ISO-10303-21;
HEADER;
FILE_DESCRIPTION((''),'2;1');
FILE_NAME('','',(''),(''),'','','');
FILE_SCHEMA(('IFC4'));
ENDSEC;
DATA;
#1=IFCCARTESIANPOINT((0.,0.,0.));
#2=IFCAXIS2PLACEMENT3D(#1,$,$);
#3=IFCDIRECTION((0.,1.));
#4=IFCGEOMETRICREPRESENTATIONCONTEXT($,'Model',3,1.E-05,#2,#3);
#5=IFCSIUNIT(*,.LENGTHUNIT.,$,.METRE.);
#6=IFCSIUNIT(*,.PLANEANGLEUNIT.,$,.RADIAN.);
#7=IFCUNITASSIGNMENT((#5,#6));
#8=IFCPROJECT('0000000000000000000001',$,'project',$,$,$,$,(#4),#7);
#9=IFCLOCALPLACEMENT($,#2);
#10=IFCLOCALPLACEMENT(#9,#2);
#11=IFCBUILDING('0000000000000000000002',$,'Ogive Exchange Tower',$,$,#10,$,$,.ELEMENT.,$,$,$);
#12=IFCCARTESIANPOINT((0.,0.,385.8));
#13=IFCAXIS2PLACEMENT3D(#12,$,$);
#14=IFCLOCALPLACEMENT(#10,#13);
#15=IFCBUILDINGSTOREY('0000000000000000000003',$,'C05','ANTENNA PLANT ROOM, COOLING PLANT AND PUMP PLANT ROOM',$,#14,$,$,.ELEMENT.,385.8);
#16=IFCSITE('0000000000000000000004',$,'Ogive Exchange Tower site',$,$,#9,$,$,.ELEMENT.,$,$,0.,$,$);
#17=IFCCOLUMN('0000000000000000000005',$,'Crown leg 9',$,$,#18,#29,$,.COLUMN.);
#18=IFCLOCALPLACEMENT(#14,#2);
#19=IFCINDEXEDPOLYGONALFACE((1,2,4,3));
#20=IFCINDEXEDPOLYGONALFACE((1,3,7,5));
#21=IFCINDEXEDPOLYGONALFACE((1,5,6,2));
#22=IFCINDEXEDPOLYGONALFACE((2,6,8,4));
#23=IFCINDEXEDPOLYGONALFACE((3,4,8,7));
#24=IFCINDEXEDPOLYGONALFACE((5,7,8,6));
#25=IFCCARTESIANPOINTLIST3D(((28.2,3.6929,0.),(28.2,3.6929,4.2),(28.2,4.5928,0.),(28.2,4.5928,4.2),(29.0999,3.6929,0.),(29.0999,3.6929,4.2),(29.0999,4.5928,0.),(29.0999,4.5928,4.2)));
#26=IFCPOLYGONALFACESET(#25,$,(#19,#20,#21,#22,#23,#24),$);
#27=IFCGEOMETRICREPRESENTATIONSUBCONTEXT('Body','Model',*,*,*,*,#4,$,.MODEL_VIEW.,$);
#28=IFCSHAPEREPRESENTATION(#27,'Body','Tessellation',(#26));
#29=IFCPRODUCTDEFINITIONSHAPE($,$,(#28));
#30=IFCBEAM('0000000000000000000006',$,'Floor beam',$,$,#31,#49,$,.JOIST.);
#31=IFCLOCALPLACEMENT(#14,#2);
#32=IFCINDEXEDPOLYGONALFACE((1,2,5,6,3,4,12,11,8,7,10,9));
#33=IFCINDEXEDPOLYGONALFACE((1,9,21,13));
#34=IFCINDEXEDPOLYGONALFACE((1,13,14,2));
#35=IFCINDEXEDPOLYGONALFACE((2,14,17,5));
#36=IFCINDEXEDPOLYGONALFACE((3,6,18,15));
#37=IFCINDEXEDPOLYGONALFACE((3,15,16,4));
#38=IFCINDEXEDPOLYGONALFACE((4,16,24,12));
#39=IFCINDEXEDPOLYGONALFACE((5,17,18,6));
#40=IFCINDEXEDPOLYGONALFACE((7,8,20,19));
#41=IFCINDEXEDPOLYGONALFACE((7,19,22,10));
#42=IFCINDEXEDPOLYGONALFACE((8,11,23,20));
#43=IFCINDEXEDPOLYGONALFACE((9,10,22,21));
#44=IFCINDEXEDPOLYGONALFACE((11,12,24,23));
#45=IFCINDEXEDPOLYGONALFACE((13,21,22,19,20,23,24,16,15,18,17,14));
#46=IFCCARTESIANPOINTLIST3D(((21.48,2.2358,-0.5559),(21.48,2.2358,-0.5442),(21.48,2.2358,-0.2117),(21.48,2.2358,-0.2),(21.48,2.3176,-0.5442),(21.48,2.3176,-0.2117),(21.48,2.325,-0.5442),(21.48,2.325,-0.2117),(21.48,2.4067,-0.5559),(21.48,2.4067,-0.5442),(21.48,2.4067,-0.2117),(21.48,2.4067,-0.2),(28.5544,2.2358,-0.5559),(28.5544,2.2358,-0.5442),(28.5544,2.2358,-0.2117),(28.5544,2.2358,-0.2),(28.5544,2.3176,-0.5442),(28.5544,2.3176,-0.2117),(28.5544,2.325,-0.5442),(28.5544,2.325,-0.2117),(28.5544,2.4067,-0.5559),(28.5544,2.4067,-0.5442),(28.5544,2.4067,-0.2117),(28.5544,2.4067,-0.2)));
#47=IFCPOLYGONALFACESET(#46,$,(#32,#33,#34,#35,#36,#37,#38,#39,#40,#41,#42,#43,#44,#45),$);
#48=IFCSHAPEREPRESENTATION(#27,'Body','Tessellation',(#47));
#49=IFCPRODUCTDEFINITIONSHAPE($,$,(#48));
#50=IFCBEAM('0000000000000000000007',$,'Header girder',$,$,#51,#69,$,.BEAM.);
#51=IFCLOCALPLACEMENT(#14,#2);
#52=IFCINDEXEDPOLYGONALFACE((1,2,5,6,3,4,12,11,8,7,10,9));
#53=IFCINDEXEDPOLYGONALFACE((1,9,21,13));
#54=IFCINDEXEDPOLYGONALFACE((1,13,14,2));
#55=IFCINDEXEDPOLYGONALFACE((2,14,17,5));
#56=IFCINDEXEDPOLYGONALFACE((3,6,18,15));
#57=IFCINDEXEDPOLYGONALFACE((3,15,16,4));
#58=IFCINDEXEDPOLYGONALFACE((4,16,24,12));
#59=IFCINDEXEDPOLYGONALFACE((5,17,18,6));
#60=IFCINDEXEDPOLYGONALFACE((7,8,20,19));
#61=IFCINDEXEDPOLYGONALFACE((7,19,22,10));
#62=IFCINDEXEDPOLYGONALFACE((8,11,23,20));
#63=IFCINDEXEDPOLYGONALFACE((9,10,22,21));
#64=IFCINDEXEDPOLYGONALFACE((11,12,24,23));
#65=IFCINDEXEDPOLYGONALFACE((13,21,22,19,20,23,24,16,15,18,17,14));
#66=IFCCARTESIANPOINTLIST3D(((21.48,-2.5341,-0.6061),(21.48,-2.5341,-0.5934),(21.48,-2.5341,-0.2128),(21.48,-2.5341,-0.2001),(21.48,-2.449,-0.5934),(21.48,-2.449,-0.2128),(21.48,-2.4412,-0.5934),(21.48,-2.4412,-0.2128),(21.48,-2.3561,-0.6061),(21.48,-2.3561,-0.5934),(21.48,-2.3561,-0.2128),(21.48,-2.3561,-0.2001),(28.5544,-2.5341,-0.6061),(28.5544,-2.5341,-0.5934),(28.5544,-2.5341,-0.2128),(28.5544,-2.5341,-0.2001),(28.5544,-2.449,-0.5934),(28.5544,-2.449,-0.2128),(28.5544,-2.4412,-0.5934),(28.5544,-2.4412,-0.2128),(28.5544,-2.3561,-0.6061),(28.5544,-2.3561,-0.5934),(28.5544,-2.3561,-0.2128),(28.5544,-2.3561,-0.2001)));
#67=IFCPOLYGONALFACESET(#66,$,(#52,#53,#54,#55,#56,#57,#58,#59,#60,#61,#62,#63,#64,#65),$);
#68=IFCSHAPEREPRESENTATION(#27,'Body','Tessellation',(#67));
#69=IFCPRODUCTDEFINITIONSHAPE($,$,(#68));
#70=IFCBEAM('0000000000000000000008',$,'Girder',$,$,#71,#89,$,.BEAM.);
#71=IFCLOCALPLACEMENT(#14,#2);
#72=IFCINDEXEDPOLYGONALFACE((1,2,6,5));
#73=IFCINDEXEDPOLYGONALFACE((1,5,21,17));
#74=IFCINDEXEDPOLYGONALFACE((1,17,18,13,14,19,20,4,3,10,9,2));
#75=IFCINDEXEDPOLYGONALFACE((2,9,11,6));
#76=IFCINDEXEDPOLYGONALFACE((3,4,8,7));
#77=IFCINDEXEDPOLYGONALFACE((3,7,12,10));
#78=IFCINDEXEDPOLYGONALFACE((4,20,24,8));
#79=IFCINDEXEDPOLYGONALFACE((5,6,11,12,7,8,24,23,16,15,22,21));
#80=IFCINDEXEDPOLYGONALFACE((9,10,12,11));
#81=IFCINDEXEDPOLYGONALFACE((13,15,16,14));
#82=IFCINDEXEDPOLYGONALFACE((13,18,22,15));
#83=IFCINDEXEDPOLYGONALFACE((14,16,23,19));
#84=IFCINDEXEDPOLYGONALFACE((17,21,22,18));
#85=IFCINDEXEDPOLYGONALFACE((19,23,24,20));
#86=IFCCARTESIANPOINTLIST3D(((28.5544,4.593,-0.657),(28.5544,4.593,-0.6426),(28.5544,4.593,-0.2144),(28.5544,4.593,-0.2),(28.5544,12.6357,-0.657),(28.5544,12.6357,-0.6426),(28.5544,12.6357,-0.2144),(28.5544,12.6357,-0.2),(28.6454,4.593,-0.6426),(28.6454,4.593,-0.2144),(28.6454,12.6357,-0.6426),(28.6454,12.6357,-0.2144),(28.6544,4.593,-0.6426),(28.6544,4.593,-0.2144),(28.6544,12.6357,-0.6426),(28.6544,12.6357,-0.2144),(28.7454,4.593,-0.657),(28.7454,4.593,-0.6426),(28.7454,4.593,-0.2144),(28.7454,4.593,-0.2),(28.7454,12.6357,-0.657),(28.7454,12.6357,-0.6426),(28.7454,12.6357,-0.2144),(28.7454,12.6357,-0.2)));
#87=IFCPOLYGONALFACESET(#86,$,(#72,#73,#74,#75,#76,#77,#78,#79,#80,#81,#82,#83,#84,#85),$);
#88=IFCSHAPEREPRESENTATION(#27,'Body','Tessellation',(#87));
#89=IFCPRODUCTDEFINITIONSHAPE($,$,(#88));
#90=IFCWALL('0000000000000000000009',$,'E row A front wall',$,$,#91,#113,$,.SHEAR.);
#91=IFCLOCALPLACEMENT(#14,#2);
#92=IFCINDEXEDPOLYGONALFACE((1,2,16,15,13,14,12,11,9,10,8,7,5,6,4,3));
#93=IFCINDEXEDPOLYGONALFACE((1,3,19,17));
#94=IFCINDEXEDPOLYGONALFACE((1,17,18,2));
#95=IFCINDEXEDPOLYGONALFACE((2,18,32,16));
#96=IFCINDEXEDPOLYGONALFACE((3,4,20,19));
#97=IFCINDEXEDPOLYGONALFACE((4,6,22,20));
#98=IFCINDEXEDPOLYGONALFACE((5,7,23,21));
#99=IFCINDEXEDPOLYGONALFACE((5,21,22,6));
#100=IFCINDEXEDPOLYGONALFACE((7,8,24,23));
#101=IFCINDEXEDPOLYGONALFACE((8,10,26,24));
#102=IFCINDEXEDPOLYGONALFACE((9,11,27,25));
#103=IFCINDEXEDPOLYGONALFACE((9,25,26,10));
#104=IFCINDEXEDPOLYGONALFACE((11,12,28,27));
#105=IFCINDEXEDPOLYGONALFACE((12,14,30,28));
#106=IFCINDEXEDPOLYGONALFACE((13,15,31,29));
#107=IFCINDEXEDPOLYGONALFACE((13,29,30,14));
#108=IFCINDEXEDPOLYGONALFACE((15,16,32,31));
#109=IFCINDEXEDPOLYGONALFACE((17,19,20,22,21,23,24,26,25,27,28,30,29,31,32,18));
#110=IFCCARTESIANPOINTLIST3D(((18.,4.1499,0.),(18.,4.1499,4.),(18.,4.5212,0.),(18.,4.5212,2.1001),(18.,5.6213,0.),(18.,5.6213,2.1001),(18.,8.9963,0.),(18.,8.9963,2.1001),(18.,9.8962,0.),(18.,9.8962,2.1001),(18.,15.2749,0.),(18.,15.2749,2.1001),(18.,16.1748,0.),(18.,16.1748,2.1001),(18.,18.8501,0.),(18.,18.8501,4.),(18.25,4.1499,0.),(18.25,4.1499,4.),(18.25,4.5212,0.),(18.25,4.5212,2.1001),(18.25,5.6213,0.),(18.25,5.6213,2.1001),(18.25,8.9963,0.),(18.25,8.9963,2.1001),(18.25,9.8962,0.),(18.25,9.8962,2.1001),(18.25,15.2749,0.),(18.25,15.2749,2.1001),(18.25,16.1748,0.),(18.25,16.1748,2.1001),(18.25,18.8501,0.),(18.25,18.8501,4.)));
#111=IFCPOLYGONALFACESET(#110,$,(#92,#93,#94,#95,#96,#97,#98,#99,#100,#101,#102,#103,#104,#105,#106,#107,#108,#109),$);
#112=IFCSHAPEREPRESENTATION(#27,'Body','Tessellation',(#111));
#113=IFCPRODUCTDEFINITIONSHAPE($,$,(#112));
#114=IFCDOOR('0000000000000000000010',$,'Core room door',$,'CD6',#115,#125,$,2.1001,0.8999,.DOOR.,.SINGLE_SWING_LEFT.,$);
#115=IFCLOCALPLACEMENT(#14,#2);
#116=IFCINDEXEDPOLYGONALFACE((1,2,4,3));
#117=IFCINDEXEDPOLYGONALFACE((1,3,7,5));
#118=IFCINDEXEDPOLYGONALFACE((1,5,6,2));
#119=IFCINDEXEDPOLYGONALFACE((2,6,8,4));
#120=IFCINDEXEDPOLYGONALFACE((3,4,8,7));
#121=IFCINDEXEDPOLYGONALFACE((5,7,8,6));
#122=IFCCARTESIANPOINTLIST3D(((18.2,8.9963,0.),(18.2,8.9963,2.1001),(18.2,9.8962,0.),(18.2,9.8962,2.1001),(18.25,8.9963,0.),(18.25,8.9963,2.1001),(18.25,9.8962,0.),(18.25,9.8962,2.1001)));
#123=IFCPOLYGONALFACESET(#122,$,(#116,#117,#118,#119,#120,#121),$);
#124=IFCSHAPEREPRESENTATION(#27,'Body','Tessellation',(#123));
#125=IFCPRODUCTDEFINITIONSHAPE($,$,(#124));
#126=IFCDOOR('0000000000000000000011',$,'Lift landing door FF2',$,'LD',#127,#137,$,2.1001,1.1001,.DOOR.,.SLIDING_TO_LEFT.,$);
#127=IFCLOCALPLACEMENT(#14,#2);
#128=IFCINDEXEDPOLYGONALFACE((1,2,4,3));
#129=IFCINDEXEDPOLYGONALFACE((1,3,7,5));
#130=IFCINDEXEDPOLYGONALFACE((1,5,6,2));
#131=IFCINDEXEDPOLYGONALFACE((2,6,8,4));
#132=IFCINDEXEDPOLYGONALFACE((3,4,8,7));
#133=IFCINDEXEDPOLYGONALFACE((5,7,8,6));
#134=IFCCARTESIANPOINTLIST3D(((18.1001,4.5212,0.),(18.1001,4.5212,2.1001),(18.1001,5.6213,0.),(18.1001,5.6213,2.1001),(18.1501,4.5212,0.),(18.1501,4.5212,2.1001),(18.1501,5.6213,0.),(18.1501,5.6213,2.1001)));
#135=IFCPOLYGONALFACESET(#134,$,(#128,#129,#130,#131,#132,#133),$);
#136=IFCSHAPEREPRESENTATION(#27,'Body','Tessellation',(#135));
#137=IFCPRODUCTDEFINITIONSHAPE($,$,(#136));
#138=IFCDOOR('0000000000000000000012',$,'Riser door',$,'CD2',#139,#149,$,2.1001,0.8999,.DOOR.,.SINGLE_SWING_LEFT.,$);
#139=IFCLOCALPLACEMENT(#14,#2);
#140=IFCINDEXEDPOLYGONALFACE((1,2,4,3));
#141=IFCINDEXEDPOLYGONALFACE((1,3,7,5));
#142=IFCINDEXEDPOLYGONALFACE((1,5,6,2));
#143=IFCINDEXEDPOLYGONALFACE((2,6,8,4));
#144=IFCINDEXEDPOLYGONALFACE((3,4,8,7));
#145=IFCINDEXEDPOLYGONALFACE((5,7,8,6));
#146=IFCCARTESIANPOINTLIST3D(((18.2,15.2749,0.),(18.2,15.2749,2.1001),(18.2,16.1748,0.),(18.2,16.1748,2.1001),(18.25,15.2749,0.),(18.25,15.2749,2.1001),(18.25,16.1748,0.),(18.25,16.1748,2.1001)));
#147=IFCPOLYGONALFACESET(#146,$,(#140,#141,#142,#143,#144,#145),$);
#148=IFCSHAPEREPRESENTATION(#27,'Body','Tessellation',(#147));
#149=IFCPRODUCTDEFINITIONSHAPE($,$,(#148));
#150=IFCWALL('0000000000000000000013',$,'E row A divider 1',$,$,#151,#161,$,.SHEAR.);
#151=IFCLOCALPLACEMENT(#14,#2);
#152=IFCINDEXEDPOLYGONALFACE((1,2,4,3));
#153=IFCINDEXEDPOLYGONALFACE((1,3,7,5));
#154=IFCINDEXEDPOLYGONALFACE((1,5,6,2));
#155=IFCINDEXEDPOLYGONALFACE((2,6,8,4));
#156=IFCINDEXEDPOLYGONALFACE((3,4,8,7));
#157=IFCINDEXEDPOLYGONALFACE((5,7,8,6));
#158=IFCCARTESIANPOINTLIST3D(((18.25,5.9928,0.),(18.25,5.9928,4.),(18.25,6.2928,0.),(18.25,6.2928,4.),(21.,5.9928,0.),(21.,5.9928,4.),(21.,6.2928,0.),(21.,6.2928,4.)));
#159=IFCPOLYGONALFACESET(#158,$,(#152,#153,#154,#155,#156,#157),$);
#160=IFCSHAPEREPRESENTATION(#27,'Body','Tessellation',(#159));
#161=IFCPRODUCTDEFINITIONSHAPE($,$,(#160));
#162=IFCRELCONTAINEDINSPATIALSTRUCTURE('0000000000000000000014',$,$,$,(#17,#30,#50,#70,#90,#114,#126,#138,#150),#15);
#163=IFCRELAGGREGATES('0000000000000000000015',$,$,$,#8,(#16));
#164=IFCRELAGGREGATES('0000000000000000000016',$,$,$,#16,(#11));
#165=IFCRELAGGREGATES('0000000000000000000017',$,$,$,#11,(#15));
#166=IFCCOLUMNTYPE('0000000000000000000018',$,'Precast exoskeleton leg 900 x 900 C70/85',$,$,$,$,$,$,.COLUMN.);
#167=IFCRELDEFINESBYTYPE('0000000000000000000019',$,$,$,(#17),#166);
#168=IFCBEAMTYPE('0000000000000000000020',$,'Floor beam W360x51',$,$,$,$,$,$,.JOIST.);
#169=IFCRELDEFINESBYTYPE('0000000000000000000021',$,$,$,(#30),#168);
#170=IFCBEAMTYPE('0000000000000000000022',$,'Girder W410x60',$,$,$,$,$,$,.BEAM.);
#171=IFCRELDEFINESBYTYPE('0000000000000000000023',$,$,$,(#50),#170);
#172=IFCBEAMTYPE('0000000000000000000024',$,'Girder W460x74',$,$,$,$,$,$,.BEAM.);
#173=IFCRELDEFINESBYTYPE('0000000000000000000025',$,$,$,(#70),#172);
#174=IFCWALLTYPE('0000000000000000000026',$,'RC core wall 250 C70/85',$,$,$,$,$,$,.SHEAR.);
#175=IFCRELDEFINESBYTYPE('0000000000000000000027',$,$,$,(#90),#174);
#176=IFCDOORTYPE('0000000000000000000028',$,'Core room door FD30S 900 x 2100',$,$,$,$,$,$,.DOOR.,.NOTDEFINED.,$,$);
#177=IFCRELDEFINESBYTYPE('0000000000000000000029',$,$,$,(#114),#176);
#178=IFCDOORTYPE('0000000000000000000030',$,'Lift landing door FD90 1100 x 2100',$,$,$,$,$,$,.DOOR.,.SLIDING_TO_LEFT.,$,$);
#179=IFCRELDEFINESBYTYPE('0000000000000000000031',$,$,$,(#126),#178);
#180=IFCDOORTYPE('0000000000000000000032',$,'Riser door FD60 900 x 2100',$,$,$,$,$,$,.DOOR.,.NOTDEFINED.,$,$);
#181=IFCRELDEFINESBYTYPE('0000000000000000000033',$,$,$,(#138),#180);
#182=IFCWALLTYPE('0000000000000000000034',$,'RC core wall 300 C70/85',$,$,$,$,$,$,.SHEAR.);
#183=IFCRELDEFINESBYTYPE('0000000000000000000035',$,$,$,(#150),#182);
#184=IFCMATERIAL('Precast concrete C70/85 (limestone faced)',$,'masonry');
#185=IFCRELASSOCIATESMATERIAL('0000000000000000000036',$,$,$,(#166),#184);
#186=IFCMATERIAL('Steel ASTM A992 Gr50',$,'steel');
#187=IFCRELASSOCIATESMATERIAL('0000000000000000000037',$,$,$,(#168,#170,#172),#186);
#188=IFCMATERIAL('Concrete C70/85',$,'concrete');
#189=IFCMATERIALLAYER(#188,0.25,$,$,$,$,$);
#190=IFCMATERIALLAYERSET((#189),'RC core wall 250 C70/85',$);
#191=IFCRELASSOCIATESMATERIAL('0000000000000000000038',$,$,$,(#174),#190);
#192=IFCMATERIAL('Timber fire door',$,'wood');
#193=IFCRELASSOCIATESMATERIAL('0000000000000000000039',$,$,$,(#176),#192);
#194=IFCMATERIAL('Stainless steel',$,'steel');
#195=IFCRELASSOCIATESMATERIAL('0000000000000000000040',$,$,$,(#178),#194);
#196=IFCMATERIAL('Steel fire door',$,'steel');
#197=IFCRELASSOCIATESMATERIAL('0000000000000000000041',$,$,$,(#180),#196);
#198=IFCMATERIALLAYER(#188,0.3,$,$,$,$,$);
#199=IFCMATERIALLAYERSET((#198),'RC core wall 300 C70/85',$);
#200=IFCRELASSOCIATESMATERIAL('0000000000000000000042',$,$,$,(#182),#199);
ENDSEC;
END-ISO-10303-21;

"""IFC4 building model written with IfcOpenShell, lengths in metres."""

from ifc_helpers import new_model, si_unit, direction, frame, frame_2d, origin, origin_2d, place, context, subcontext, project, spatial, rectangle, i_section, extrude, material, layer, layer_set, material_profile, profile_set, type_object, element, fill, save


model = new_model("IFC4")

# Units and contexts
model_context = context("Model", 3, precision=1e-05, world=origin(), true_north=direction((0.0, 1.0)))
body_context = subcontext(model_context, "Body", "Model", "MODEL_VIEW")
ifc_project = project(units=[si_unit("LENGTHUNIT", "METRE"), si_unit("PLANEANGLEUNIT", "RADIAN")], contexts=[model_context])

# Site, building, storey
site_placement = place(None, origin())
site = spatial("IfcSite", under=ifc_project, at=site_placement, Name="Ogive Exchange Tower site", CompositionType="ELEMENT", RefElevation=0.0)
building_placement = place(site_placement, origin())
building = spatial("IfcBuilding", under=site, at=building_placement, Name="Ogive Exchange Tower", CompositionType="ELEMENT")
storey_placement = place(building_placement, frame((0.0, 0.0, 385.8)))
storey = spatial("IfcBuildingStorey", under=building, at=storey_placement, Name="C05", Description="ANTENNA PLANT ROOM, COOLING PLANT AND PUMP PLANT ROOM", CompositionType="ELEMENT", Elevation=385.8)

# Column
ifc_material_1 = material(Name="Precast concrete C70/85 (limestone faced)", Category="masonry")
ifc_material_profile_1 = material_profile(ifc_material_1, rectangle(XDim=0.8999, YDim=0.8999, at=origin_2d()), Name="900 x 900")
ifc_profile_set_1 = profile_set([ifc_material_profile_1], Name="Precast concrete C70/85 (limestone faced)")
column_type = type_object("IfcColumnType", Name="Precast exoskeleton leg 900 x 900 C70/85", PredefinedType="COLUMN", material=ifc_profile_set_1)
column_placement = place(storey_placement, frame((28.6499, 4.1428, 0.0), z_axis=(0.0, 0.0, 1.0), x_axis=(1.0, 0.0, 0.0)))
element("IfcColumn", 1, at=column_placement, inside=storey, type_object=column_type, Name="Crown leg 9", PredefinedType="COLUMN", context=body_context, shape_type="SweptSolid", body=[
    extrude(rectangle(XDim=0.8999, YDim=0.8999, at=origin_2d()), origin(), (0.0, 0.0, 1.0), 4.2),
])

# Beams
ifc_material_2 = material(Name="Steel ASTM A992 Gr50", Category="steel")
ifc_material_profile_2 = material_profile(ifc_material_2, i_section(OverallWidth=0.1709, OverallDepth=0.356, WebThickness=0.0073, FlangeThickness=0.0117, at=origin_2d()), Name="W360x51")
ifc_profile_set_2 = profile_set([ifc_material_profile_2], Name="Steel ASTM A992 Gr50")
beam_type_1 = type_object("IfcBeamType", Name="Floor beam W360x51", PredefinedType="JOIST", material=ifc_profile_set_2)
beam_1_placement = place(storey_placement, frame((21.48, 2.3213, -0.3779), z_axis=(1.0, 0.0, 0.0), x_axis=(0.0, 1.0, 0.0)))
element("IfcBeam", 2, at=beam_1_placement, inside=storey, type_object=beam_type_1, Name="Floor beam", PredefinedType="JOIST", context=body_context, shape_type="SweptSolid", body=[
    extrude(i_section(OverallWidth=0.1709, OverallDepth=0.356, WebThickness=0.0073, FlangeThickness=0.0117, at=origin_2d()), origin(), (0.0, 0.0, 1.0), 7.0745),
])
ifc_material_profile_3 = material_profile(ifc_material_2, i_section(OverallWidth=0.178, OverallDepth=0.406, WebThickness=0.0078, FlangeThickness=0.0127, at=origin_2d()), Name="W410x60")
ifc_profile_set_3 = profile_set([ifc_material_profile_3], Name="Steel ASTM A992 Gr50")
beam_type_2 = type_object("IfcBeamType", Name="Girder W410x60", PredefinedType="BEAM", material=ifc_profile_set_3)
beam_2_placement = place(storey_placement, frame((21.48, -2.4451, -0.4031), z_axis=(1.0, 0.0, 0.0), x_axis=(0.0, 1.0, 0.0)))
element("IfcBeam", 3, at=beam_2_placement, inside=storey, type_object=beam_type_2, Name="Header girder", PredefinedType="BEAM", context=body_context, shape_type="SweptSolid", body=[
    extrude(i_section(OverallWidth=0.178, OverallDepth=0.406, WebThickness=0.0078, FlangeThickness=0.0127, at=origin_2d()), origin(), (0.0, 0.0, 1.0), 7.0745),
])
ifc_material_profile_4 = material_profile(ifc_material_2, i_section(OverallWidth=0.1909, OverallDepth=0.457, WebThickness=0.009, FlangeThickness=0.0144, at=origin_2d()), Name="W460x74")
ifc_profile_set_4 = profile_set([ifc_material_profile_4], Name="Steel ASTM A992 Gr50")
beam_type_3 = type_object("IfcBeamType", Name="Girder W460x74", PredefinedType="BEAM", material=ifc_profile_set_4)
beam_3_placement = place(storey_placement, frame((28.6499, 4.593, -0.4285), z_axis=(0.0, 1.0, 0.0), x_axis=(-1.0, 0.0, 0.0)))
element("IfcBeam", 4, at=beam_3_placement, inside=storey, type_object=beam_type_3, Name="Girder", PredefinedType="BEAM", context=body_context, shape_type="SweptSolid", body=[
    extrude(i_section(OverallWidth=0.1909, OverallDepth=0.457, WebThickness=0.009, FlangeThickness=0.0144, at=origin_2d()), origin(), (0.0, 0.0, 1.0), 8.0427),
])

# Wall, openings, doors
ifc_material_3 = material(Name="Concrete C70/85", Category="concrete")
ifc_layer_1 = layer(ifc_material_3, 0.25)
ifc_layer_set_1 = layer_set([ifc_layer_1], Name="RC core wall 250 C70/85")
wall_type_1 = type_object("IfcWallType", Name="RC core wall 250 C70/85", PredefinedType="SHEAR", material=ifc_layer_set_1)
wall_1_placement = place(storey_placement, frame((18.125, 4.1499, 0.0), z_axis=(0.0, 0.0, 1.0), x_axis=(0.0, 1.0, 0.0)))
wall_1 = element("IfcWall", 5, at=wall_1_placement, inside=storey, type_object=wall_type_1, Name="E row A front wall", PredefinedType="SHEAR", context=body_context, shape_type="SweptSolid", body=[
    extrude(rectangle(XDim=14.7002, YDim=0.25, at=frame_2d((7.3501, 0.0))), origin(), (0.0, 0.0, 1.0), 4.0),
])
opening_1_placement = place(wall_1_placement, frame((4.8464, 0.0, 0.0)))
opening_1 = element("IfcOpeningElement", 6, at=opening_1_placement, cuts=wall_1, PredefinedType="OPENING", context=body_context, shape_type="SweptSolid", body=[
    extrude(rectangle(XDim=0.8999, YDim=2.1001, at=frame_2d((0.45, 1.05))), frame((0.0, 0.135, 0.0), z_axis=(0.0, -1.0, 0.0), x_axis=(1.0, 0.0, 0.0)), (0.0, 0.0, 1.0), 0.27),
])
opening_2_placement = place(wall_1_placement, frame((11.125, 0.0, 0.0)))
opening_2 = element("IfcOpeningElement", 7, at=opening_2_placement, cuts=wall_1, PredefinedType="OPENING", context=body_context, shape_type="SweptSolid", body=[
    extrude(rectangle(XDim=0.8999, YDim=2.1001, at=frame_2d((0.45, 1.05))), frame((0.0, 0.135, 0.0), z_axis=(0.0, -1.0, 0.0), x_axis=(1.0, 0.0, 0.0)), (0.0, 0.0, 1.0), 0.27),
])
opening_3_placement = place(wall_1_placement, frame((0.3713, 0.0, 0.0)))
opening_3 = element("IfcOpeningElement", 8, at=opening_3_placement, cuts=wall_1, PredefinedType="OPENING", context=body_context, shape_type="SweptSolid", body=[
    extrude(rectangle(XDim=1.1001, YDim=2.1001, at=frame_2d((0.55, 1.05))), frame((0.0, 0.135, 0.0), z_axis=(0.0, -1.0, 0.0), x_axis=(1.0, 0.0, 0.0)), (0.0, 0.0, 1.0), 0.27),
])
ifc_material_4 = material(Name="Timber fire door", Category="wood")
door_type_1 = type_object("IfcDoorType", Name="Core room door FD30S 900 x 2100", OperationType="NOTDEFINED", PredefinedType="DOOR", material=ifc_material_4)
door_1_placement = place(opening_1_placement, frame((0.8999, -0.2002, 0.0), z_axis=(0.0, 0.0, 1.0), x_axis=(-1.0, 0.0, 0.0)))
door_1 = element("IfcDoor", 9, at=door_1_placement, inside=storey, type_object=door_type_1, Name="Core room door", ObjectType="CD6", OperationType="SINGLE_SWING_LEFT", OverallHeight=2.1001, OverallWidth=0.8999, PredefinedType="DOOR", context=body_context, shape_type="SweptSolid", body=[
    extrude(rectangle(XDim=0.8999, YDim=2.1001, at=frame_2d((0.45, 1.05))), frame((0.0, -0.0752, 0.0), z_axis=(0.0, -1.0, 0.0), x_axis=(1.0, 0.0, 0.0)), (0.0, 0.0, 1.0), 0.05),
])
fill(opening_1, door_1)
ifc_material_5 = material(Name="Stainless steel", Category="steel")
door_type_2 = type_object("IfcDoorType", Name="Lift landing door FD90 1100 x 2100", OperationType="SLIDING_TO_LEFT", PredefinedType="DOOR", material=ifc_material_5)
door_2_placement = place(opening_3_placement, origin())
door_2 = element("IfcDoor", 10, at=door_2_placement, inside=storey, type_object=door_type_2, Name="Lift landing door FF2", ObjectType="LD", OperationType="SLIDING_TO_LEFT", OverallHeight=2.1001, OverallWidth=1.1001, PredefinedType="DOOR", context=body_context, shape_type="SweptSolid", body=[
    extrude(rectangle(XDim=1.1001, YDim=2.1001, at=frame_2d((0.55, 1.05))), frame((0.0, 0.0249, 0.0), z_axis=(0.0, -1.0, 0.0), x_axis=(1.0, 0.0, 0.0)), (0.0, 0.0, 1.0), 0.05),
])
fill(opening_3, door_2)
ifc_material_6 = material(Name="Steel fire door", Category="steel")
door_type_3 = type_object("IfcDoorType", Name="Riser door FD60 900 x 2100", OperationType="NOTDEFINED", PredefinedType="DOOR", material=ifc_material_6)
door_3_placement = place(opening_2_placement, frame((0.8999, -0.2002, 0.0), z_axis=(0.0, 0.0, 1.0), x_axis=(-1.0, 0.0, 0.0)))
door_3 = element("IfcDoor", 11, at=door_3_placement, inside=storey, type_object=door_type_3, Name="Riser door", ObjectType="CD2", OperationType="SINGLE_SWING_LEFT", OverallHeight=2.1001, OverallWidth=0.8999, PredefinedType="DOOR", context=body_context, shape_type="SweptSolid", body=[
    extrude(rectangle(XDim=0.8999, YDim=2.1001, at=frame_2d((0.45, 1.05))), frame((0.0, -0.0752, 0.0), z_axis=(0.0, -1.0, 0.0), x_axis=(1.0, 0.0, 0.0)), (0.0, 0.0, 1.0), 0.05),
])
fill(opening_2, door_3)

# Wall
ifc_layer_2 = layer(ifc_material_3, 0.3)
ifc_layer_set_2 = layer_set([ifc_layer_2], Name="RC core wall 300 C70/85")
wall_type_2 = type_object("IfcWallType", Name="RC core wall 300 C70/85", PredefinedType="SHEAR", material=ifc_layer_set_2)
wall_2_placement = place(storey_placement, frame((18.25, 6.1428, 0.0), z_axis=(0.0, 0.0, 1.0), x_axis=(1.0, 0.0, 0.0)))
element("IfcWall", 12, at=wall_2_placement, inside=storey, type_object=wall_type_2, Name="E row A divider 1", PredefinedType="SHEAR", context=body_context, shape_type="SweptSolid", body=[
    extrude(rectangle(XDim=2.75, YDim=0.3, at=frame_2d((1.375, 0.0))), origin(), (0.0, 0.0, 1.0), 4.0),
])

save(model, "model.ifc")
